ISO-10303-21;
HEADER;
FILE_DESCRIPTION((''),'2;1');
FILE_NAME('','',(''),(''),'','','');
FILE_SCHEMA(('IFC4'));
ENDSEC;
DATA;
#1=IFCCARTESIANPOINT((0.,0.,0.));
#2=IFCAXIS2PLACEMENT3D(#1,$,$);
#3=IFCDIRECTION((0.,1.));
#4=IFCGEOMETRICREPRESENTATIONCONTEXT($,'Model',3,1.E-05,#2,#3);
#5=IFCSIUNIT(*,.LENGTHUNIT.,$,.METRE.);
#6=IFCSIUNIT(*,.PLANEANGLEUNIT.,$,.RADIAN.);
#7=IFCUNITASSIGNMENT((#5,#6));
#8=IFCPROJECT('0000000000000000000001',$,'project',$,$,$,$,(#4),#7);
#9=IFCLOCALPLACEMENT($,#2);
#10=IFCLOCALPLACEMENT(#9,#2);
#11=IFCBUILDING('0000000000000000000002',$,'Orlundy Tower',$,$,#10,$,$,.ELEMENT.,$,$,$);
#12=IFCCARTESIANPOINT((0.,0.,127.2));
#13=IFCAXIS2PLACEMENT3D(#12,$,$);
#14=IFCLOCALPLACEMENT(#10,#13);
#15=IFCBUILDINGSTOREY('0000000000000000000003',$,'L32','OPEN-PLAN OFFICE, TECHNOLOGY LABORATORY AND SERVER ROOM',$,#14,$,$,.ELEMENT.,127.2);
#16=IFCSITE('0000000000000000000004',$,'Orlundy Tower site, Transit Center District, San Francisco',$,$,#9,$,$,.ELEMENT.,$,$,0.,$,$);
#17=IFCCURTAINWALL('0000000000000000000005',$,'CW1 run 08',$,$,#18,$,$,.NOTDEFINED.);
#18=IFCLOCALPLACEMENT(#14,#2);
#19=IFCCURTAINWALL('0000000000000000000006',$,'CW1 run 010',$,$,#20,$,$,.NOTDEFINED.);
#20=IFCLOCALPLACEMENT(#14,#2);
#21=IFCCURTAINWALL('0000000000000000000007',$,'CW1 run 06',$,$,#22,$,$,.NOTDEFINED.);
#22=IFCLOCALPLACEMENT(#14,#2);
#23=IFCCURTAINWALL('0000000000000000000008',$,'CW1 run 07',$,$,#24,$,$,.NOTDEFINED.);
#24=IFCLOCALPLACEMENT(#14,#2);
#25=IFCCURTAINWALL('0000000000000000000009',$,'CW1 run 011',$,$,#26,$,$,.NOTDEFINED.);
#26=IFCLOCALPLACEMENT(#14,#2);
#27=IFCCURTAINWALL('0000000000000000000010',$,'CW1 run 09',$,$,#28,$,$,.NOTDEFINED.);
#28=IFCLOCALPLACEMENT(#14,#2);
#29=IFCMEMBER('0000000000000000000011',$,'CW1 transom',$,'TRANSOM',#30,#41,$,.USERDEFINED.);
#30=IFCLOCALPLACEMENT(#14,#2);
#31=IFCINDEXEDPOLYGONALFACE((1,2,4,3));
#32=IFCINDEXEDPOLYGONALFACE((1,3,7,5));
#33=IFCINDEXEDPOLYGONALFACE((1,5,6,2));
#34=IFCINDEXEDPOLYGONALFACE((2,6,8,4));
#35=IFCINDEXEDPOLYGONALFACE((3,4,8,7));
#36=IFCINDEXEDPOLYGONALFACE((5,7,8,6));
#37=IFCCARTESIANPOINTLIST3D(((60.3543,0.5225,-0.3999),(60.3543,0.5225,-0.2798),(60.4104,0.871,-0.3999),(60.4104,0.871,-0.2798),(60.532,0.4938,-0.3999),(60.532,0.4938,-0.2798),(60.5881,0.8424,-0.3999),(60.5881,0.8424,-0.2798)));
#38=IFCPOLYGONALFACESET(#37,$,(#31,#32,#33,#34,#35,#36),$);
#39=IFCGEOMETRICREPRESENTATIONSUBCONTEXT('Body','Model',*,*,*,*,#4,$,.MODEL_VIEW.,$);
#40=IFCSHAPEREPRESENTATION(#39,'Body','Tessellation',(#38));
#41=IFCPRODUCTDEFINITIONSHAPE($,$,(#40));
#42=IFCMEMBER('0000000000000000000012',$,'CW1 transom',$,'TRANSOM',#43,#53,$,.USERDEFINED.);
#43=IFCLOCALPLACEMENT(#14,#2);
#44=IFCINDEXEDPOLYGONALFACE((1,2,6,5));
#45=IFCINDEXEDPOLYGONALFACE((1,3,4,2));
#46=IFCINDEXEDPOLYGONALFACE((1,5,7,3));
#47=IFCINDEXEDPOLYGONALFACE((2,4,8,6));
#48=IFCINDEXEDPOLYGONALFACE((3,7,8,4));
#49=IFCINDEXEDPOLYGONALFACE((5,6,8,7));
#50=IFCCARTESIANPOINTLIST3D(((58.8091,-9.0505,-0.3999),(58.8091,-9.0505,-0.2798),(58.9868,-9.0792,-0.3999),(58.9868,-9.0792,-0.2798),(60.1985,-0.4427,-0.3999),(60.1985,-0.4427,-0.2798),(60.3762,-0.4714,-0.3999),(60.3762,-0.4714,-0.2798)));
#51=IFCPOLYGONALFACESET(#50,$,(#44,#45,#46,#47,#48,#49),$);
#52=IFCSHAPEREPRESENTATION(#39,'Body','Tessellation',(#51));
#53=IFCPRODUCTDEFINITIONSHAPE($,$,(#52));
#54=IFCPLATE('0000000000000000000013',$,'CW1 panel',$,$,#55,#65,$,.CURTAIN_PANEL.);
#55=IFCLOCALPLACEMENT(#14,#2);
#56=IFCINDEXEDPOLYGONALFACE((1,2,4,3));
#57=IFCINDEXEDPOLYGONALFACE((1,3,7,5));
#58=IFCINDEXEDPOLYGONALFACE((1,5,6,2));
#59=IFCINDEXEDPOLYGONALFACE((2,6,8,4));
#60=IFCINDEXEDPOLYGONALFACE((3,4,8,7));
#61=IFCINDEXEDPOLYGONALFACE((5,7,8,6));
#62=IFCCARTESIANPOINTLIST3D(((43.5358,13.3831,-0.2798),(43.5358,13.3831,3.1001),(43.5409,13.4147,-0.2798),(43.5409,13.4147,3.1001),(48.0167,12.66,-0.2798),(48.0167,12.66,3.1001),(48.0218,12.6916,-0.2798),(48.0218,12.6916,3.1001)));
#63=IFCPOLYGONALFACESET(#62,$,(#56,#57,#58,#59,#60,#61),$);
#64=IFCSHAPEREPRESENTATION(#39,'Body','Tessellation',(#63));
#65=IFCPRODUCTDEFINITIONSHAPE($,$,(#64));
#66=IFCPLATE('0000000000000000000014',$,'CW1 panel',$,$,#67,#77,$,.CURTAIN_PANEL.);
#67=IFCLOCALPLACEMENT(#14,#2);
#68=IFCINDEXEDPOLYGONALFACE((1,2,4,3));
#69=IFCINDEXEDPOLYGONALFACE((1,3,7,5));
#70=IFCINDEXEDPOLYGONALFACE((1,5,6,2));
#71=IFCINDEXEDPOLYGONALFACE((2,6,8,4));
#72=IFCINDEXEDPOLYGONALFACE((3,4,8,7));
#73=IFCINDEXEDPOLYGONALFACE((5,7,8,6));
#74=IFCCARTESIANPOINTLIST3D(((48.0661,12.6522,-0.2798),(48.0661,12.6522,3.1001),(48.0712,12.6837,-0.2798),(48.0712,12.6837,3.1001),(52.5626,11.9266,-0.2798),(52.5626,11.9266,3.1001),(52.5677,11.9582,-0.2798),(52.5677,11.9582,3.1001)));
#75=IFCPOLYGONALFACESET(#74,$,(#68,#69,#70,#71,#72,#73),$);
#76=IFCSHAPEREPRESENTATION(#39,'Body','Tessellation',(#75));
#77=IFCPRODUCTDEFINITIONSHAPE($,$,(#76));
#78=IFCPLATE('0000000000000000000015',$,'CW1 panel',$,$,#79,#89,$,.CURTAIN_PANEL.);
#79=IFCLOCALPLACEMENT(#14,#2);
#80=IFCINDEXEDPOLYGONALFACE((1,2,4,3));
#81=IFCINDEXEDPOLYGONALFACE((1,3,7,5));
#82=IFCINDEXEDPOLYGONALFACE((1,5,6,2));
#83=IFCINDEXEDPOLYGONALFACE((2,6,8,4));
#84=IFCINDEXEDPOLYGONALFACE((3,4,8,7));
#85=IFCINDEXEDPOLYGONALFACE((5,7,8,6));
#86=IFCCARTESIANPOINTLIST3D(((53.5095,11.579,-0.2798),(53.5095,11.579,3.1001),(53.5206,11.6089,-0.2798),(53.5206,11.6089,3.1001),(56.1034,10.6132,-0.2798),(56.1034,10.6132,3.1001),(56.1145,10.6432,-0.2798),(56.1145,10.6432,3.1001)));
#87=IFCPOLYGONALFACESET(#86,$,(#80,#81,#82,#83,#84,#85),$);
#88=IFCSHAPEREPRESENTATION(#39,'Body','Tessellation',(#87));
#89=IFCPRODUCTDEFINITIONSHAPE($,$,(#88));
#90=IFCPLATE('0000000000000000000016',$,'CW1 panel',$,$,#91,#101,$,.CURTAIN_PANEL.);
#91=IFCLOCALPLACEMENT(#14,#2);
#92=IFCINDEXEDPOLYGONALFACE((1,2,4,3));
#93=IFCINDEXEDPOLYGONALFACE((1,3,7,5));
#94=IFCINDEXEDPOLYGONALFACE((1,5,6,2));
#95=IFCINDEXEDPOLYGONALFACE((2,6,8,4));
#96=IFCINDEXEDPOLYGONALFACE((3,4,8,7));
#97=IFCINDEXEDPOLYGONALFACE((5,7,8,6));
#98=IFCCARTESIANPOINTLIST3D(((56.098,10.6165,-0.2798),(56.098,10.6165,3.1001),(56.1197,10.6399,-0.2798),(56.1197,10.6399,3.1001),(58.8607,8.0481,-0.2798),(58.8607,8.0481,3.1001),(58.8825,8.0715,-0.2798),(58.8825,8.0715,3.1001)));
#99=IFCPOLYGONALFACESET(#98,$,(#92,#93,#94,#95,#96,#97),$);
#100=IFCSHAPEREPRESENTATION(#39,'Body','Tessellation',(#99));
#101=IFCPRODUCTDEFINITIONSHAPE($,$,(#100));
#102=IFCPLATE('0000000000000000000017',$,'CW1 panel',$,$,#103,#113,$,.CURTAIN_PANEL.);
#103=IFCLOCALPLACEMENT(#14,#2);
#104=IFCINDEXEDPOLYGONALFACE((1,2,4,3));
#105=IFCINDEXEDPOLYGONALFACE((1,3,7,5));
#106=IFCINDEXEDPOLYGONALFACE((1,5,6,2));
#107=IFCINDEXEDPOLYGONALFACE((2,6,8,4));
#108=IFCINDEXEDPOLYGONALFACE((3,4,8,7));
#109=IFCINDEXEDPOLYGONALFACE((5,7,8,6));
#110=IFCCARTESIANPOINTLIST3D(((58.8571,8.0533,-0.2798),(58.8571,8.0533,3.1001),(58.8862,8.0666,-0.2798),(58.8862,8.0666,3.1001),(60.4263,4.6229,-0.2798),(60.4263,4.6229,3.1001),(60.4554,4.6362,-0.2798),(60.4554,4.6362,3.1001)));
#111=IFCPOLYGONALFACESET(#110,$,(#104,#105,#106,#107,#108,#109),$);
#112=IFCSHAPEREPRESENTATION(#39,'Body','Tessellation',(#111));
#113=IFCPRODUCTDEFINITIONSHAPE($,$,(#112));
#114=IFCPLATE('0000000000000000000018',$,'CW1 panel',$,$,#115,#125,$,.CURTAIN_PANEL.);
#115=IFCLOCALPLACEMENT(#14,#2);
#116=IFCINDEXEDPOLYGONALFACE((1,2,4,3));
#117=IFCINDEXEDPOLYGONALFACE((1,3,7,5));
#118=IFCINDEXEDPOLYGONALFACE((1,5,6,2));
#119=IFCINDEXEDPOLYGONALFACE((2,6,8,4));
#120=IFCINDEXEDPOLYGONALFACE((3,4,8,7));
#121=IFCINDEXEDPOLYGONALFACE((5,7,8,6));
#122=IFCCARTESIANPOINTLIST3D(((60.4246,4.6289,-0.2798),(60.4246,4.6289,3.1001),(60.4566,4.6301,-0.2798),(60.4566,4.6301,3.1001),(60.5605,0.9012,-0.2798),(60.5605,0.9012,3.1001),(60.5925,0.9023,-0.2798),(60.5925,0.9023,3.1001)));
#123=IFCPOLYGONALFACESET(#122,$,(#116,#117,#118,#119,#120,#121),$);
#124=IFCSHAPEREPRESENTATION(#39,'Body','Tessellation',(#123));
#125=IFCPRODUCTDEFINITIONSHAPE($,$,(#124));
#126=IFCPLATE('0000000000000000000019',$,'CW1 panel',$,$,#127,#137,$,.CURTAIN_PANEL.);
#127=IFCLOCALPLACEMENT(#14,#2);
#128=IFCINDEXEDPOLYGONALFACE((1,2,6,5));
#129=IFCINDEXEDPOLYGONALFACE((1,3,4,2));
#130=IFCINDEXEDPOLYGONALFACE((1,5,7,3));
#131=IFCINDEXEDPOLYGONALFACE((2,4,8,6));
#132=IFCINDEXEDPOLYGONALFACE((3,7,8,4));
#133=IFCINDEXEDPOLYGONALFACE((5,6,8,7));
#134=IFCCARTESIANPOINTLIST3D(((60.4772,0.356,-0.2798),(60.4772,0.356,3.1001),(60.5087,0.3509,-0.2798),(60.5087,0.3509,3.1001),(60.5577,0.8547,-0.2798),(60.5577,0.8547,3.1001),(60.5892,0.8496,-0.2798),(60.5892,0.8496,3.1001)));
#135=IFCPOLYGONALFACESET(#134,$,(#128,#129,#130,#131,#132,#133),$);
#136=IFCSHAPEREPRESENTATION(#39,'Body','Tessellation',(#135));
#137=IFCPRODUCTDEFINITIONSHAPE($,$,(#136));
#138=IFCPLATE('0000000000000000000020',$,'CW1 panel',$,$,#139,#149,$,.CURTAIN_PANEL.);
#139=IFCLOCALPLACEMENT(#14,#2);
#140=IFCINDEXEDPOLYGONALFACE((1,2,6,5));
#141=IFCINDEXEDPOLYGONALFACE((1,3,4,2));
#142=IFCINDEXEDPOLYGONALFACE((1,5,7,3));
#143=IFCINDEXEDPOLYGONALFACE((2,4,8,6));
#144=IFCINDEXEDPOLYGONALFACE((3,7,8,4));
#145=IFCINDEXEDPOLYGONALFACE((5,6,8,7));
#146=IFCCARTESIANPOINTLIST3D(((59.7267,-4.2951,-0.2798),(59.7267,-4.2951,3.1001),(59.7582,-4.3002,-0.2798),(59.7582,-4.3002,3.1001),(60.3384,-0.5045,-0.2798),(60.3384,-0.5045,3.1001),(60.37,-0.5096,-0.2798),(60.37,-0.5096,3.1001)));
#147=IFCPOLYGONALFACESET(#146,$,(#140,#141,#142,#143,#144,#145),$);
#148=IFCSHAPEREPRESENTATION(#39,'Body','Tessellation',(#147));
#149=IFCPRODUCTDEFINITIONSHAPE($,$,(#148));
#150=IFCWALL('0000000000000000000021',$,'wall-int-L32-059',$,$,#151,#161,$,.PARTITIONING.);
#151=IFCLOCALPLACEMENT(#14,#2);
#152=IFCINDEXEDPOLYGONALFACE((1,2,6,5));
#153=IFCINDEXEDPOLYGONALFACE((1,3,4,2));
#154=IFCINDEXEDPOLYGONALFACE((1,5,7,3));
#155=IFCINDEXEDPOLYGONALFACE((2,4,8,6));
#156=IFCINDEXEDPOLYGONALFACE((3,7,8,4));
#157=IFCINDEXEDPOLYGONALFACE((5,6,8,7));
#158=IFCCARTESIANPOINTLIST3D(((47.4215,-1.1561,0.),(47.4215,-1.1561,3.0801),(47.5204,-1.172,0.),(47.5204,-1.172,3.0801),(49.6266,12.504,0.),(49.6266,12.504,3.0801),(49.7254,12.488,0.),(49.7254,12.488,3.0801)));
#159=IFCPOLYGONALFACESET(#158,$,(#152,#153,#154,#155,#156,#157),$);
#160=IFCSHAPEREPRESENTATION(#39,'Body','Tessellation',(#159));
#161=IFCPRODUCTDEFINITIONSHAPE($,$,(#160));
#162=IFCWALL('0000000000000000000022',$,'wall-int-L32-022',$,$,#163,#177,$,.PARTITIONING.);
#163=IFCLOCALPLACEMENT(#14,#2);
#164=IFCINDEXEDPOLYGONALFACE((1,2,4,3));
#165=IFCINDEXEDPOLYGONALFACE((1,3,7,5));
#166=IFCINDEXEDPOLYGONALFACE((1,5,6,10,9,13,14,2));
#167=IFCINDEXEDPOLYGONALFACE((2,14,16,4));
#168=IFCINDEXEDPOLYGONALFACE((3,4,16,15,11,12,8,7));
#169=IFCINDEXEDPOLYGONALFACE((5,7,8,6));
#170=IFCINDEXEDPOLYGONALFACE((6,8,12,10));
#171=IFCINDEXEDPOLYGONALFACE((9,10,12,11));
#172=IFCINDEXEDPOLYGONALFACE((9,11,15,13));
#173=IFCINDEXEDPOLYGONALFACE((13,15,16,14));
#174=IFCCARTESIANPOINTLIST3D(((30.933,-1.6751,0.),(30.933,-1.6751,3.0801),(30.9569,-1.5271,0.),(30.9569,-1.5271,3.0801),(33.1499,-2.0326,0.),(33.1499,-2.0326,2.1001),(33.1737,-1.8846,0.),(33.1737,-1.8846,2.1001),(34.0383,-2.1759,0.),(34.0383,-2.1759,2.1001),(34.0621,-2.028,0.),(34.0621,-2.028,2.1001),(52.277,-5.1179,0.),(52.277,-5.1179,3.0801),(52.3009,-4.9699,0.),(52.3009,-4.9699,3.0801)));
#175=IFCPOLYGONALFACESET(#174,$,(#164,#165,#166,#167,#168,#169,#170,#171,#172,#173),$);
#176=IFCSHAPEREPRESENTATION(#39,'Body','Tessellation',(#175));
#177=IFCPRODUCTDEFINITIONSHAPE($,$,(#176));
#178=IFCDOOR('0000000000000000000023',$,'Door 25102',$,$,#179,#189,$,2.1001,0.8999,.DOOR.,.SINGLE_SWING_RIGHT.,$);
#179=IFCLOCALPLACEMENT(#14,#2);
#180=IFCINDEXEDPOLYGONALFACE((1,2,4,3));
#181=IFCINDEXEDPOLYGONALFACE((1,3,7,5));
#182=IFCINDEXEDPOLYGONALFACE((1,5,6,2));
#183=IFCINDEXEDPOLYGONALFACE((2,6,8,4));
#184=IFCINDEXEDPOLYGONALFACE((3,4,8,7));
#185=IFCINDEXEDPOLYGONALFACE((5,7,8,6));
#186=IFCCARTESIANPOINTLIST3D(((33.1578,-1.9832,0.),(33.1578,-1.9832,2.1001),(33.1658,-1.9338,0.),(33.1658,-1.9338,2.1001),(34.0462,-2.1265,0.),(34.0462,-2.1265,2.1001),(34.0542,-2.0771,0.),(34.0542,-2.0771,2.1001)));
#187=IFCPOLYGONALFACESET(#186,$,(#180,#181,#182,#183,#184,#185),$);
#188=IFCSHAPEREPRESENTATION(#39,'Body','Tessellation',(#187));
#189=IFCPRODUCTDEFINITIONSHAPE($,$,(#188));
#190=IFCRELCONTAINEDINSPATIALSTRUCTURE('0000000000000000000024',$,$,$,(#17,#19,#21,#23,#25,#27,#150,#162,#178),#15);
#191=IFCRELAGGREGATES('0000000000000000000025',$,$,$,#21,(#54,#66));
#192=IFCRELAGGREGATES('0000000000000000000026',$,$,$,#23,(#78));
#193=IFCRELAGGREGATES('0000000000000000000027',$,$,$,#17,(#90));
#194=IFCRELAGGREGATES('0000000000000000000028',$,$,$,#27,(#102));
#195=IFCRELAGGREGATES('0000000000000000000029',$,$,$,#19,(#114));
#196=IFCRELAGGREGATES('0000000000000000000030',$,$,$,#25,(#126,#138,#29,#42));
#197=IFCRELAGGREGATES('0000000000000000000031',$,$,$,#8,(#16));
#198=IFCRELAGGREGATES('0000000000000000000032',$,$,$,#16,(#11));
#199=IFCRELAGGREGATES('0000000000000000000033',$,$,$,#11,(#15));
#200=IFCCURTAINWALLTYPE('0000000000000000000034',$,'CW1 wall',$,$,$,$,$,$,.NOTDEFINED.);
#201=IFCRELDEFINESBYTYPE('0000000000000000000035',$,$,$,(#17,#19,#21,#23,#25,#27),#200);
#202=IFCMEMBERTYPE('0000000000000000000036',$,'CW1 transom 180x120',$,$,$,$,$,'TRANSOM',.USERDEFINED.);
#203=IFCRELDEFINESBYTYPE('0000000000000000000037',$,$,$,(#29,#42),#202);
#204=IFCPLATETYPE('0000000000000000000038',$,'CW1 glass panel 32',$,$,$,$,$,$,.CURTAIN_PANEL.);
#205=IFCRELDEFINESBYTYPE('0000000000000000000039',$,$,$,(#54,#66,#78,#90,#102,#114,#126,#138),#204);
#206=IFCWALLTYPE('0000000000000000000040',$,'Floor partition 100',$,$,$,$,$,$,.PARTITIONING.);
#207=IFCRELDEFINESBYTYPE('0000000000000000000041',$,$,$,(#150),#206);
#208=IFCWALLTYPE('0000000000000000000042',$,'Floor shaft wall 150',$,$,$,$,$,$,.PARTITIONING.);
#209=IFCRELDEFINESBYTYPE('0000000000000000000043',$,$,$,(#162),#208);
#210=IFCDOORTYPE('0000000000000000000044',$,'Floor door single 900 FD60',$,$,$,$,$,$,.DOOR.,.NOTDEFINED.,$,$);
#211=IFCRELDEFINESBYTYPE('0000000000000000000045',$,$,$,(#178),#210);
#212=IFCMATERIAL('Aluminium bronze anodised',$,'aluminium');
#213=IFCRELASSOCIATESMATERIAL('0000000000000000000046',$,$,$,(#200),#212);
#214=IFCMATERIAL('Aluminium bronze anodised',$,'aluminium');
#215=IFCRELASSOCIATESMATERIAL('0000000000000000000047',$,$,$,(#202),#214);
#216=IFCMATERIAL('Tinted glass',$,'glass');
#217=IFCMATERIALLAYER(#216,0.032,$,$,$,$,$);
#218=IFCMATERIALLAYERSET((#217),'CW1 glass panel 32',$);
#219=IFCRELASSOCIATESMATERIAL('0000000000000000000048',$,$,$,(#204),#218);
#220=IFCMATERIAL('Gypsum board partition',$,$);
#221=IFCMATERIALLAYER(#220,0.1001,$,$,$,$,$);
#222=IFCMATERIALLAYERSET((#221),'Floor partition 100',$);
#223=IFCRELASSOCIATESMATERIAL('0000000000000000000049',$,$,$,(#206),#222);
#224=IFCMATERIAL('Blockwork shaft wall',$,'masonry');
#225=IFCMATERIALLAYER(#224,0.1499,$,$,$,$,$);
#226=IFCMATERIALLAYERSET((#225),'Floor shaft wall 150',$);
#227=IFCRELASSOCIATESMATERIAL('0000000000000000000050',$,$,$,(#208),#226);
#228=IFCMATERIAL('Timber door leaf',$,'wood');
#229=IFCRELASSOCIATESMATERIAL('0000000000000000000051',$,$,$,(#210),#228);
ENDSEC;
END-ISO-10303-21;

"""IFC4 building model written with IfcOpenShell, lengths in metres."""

from ifc_helpers import new_model, si_unit, direction, frame, frame_2d, origin, origin_2d, place, context, subcontext, project, spatial, rectangle, extrude, material, layer, layer_set, material_profile, profile_set, type_object, element, fill, aggregate, save


model = new_model("IFC4")

# Units and contexts
model_context = context("Model", 3, precision=1e-05, world=origin(), true_north=direction((0.0, 1.0)))
body_context = subcontext(model_context, "Body", "Model", "MODEL_VIEW")
ifc_project = project(units=[si_unit("LENGTHUNIT", "METRE"), si_unit("PLANEANGLEUNIT", "RADIAN")], contexts=[model_context])

# Site, building, storey
site_placement = place(None, origin())
site = spatial("IfcSite", under=ifc_project, at=site_placement, Name="Orlundy Tower site, Transit Center District, San Francisco", CompositionType="ELEMENT", RefElevation=0.0)
building_placement = place(site_placement, origin())
building = spatial("IfcBuilding", under=site, at=building_placement, Name="Orlundy Tower", CompositionType="ELEMENT")
storey_placement = place(building_placement, frame((0.0, 0.0, 127.2)))
storey = spatial("IfcBuildingStorey", under=building, at=storey_placement, Name="L32", Description="OPEN-PLAN OFFICE, TECHNOLOGY LABORATORY AND SERVER ROOM", CompositionType="ELEMENT", Elevation=127.2)

# Curtain walls
ifc_material_1 = material(Name="Aluminium bronze anodised", Category="aluminium")
curtain_wall_type = type_object("IfcCurtainWallType", Name="CW1 wall", PredefinedType="NOTDEFINED", material=ifc_material_1)
curtain_wall_1_placement = place(storey_placement, origin())
curtain_wall_1 = element("IfcCurtainWall", 1, at=curtain_wall_1_placement, inside=storey, type_object=curtain_wall_type, Name="CW1 run 08", PredefinedType="NOTDEFINED")
curtain_wall_2_placement = place(storey_placement, origin())
curtain_wall_2 = element("IfcCurtainWall", 2, at=curtain_wall_2_placement, inside=storey, type_object=curtain_wall_type, Name="CW1 run 010", PredefinedType="NOTDEFINED")
curtain_wall_3_placement = place(storey_placement, origin())
curtain_wall_3 = element("IfcCurtainWall", 3, at=curtain_wall_3_placement, inside=storey, type_object=curtain_wall_type, Name="CW1 run 06", PredefinedType="NOTDEFINED")
curtain_wall_4_placement = place(storey_placement, origin())
curtain_wall_4 = element("IfcCurtainWall", 4, at=curtain_wall_4_placement, inside=storey, type_object=curtain_wall_type, Name="CW1 run 07", PredefinedType="NOTDEFINED")

# Curtain wall
curtain_wall_5_placement = place(storey_placement, origin())
curtain_wall_5 = element("IfcCurtainWall", 5, at=curtain_wall_5_placement, inside=storey, type_object=curtain_wall_type, Name="CW1 run 011", PredefinedType="NOTDEFINED")

# Shared definitions
ifc_material_2 = material(Name="Aluminium bronze anodised", Category="aluminium")
ifc_material_profile_1 = material_profile(ifc_material_2, rectangle(XDim=0.1799, YDim=0.1201, at=origin_2d()), Name="CW1 transom 180x120")
ifc_profile_set_1 = profile_set([ifc_material_profile_1], Name="Aluminium bronze anodised")
member_type_1 = type_object("IfcMemberType", Name="CW1 transom 180x120", ElementType="TRANSOM", PredefinedType="USERDEFINED", material=ifc_profile_set_1)

# Curtain wall
curtain_wall_6_placement = place(storey_placement, origin())
curtain_wall_6 = element("IfcCurtainWall", 6, at=curtain_wall_6_placement, inside=storey, type_object=curtain_wall_type, Name="CW1 run 09", PredefinedType="NOTDEFINED")

# Members
member_1_placement = place(storey_placement, frame((60.4993, 0.8567, -0.3398), z_axis=(-0.159015, -0.987276, 0.0), x_axis=(0.987276, -0.159015, 0.0)))
member_1 = element("IfcMember", 7, at=member_1_placement, type_object=member_type_1, Name="CW1 transom", ObjectType="TRANSOM", PredefinedType="USERDEFINED", context=body_context, shape_type="SweptSolid", body=[
    extrude(rectangle(XDim=0.1799, YDim=0.1201, at=origin_2d()), origin(), (0.0, 0.0, 1.0), 0.353),
])
member_2_placement = place(storey_placement, frame((60.2874, -0.457, -0.3398), z_axis=(-0.159348, -0.987223, 0.0), x_axis=(0.987223, -0.159348, 0.0)))
member_2 = element("IfcMember", 8, at=member_2_placement, type_object=member_type_1, Name="CW1 transom", ObjectType="TRANSOM", PredefinedType="USERDEFINED", context=body_context, shape_type="SweptSolid", body=[
    extrude(rectangle(XDim=0.1799, YDim=0.1201, at=origin_2d()), origin(), (0.0, 0.0, 1.0), 8.7192),
])

# Plates
ifc_material_3 = material(Name="Tinted glass", Category="glass")
ifc_layer_1 = layer(ifc_material_3, 0.032)
ifc_layer_set_1 = layer_set([ifc_layer_1], Name="CW1 glass panel 32")
plate_type = type_object("IfcPlateType", Name="CW1 glass panel 32", PredefinedType="CURTAIN_PANEL", material=ifc_layer_set_1)
plate_1_placement = place(storey_placement, frame((45.7788, 13.0374, -0.2798), z_axis=(0.0, 0.0, 1.0), x_axis=(0.98723, -0.159302, 0.0)))
plate_1 = element("IfcPlate", 9, at=plate_1_placement, type_object=plate_type, Name="CW1 panel", PredefinedType="CURTAIN_PANEL", context=body_context, shape_type="SweptSolid", body=[
    extrude(rectangle(XDim=4.5388, YDim=0.032, at=origin_2d()), origin(), (0.0, 0.0, 1.0), 3.3799),
])
plate_2_placement = place(storey_placement, frame((50.3169, 12.3052, -0.2798), z_axis=(0.0, 0.0, 1.0), x_axis=(0.98723, -0.159302, 0.0)))
plate_2 = element("IfcPlate", 10, at=plate_2_placement, type_object=plate_type, Name="CW1 panel", PredefinedType="CURTAIN_PANEL", context=body_context, shape_type="SweptSolid", body=[
    extrude(rectangle(XDim=4.5547, YDim=0.032, at=origin_2d()), origin(), (0.0, 0.0, 1.0), 3.3799),
])
aggregate(curtain_wall_3, [plate_1, plate_2])
plate_3_placement = place(storey_placement, frame((54.812, 11.1111, -0.2798), z_axis=(0.0, 0.0, 1.0), x_axis=(0.937158, -0.348905, 0.0)))
plate_3 = element("IfcPlate", 11, at=plate_3_placement, type_object=plate_type, Name="CW1 panel", PredefinedType="CURTAIN_PANEL", context=body_context, shape_type="SweptSolid", body=[
    extrude(rectangle(XDim=2.7678, YDim=0.032, at=origin_2d()), origin(), (0.0, 0.0, 1.0), 3.3799),
])
aggregate(curtain_wall_4, [plate_3])
plate_4_placement = place(storey_placement, frame((57.4902, 9.344, -0.2798), z_axis=(0.0, 0.0, 1.0), x_axis=(0.732399, -0.680875, 0.0)))
plate_4 = element("IfcPlate", 12, at=plate_4_placement, type_object=plate_type, Name="CW1 panel", PredefinedType="CURTAIN_PANEL", context=body_context, shape_type="SweptSolid", body=[
    extrude(rectangle(XDim=3.7722, YDim=0.032, at=origin_2d()), origin(), (0.0, 0.0, 1.0), 3.3799),
])
aggregate(curtain_wall_1, [plate_4])
plate_5_placement = place(storey_placement, frame((59.6562, 6.3447, -0.2798), z_axis=(0.0, 0.0, 1.0), x_axis=(0.415977, -0.909375, 0.0)))
plate_5 = element("IfcPlate", 13, at=plate_5_placement, type_object=plate_type, Name="CW1 panel", PredefinedType="CURTAIN_PANEL", context=body_context, shape_type="SweptSolid", body=[
    extrude(rectangle(XDim=3.7722, YDim=0.032, at=origin_2d()), origin(), (0.0, 0.0, 1.0), 3.3799),
])
aggregate(curtain_wall_6, [plate_5])
plate_6_placement = place(storey_placement, frame((60.5085, 2.7656, -0.2798), z_axis=(0.0, 0.0, 1.0), x_axis=(0.036423, -0.999336, 0.0)))
plate_6 = element("IfcPlate", 14, at=plate_6_placement, type_object=plate_type, Name="CW1 panel", PredefinedType="CURTAIN_PANEL", context=body_context, shape_type="SweptSolid", body=[
    extrude(rectangle(XDim=3.7302, YDim=0.032, at=origin_2d()), origin(), (0.0, 0.0, 1.0), 3.3799),
])
aggregate(curtain_wall_2, [plate_6])
plate_7_placement = place(storey_placement, frame((60.5332, 0.6028, -0.2798), z_axis=(0.0, 0.0, 1.0), x_axis=(-0.159331, -0.987225, 0.0)))
plate_7 = element("IfcPlate", 15, at=plate_7_placement, type_object=plate_type, Name="CW1 panel", PredefinedType="CURTAIN_PANEL", context=body_context, shape_type="SweptSolid", body=[
    extrude(rectangle(XDim=0.5051, YDim=0.032, at=origin_2d()), origin(), (0.0, 0.0, 1.0), 3.3799),
])
plate_8_placement = place(storey_placement, frame((60.0483, -2.4023, -0.2798), z_axis=(0.0, 0.0, 1.0), x_axis=(-0.159331, -0.987225, 0.0)))
plate_8 = element("IfcPlate", 16, at=plate_8_placement, type_object=plate_type, Name="CW1 panel", PredefinedType="CURTAIN_PANEL", context=body_context, shape_type="SweptSolid", body=[
    extrude(rectangle(XDim=3.8396, YDim=0.032, at=origin_2d()), origin(), (0.0, 0.0, 1.0), 3.3799),
])
aggregate(curtain_wall_5, [plate_7, plate_8, member_1, member_2])

# Wall
ifc_material_4 = material(Name="Gypsum board partition")
ifc_layer_2 = layer(ifc_material_4, 0.1001)
ifc_layer_set_2 = layer_set([ifc_layer_2], Name="Floor partition 100")
wall_type_1 = type_object("IfcWallType", Name="Floor partition 100", PredefinedType="PARTITIONING", material=ifc_layer_set_2)
wall_1_placement = place(storey_placement, frame((47.4709, -1.1641, 0.0), z_axis=(0.0, 0.0, 1.0), x_axis=(0.159361, 0.98722, 0.0)))
element("IfcWall", 17, at=wall_1_placement, inside=storey, type_object=wall_type_1, Name="wall-int-L32-059", PredefinedType="PARTITIONING", context=body_context, shape_type="SweptSolid", body=[
    extrude(rectangle(XDim=13.8369, YDim=0.1001, at=frame_2d((6.9185, 0.0))), origin(), (0.0, 0.0, 1.0), 3.0801),
])

# Wall, opening, door
ifc_material_5 = material(Name="Blockwork shaft wall", Category="masonry")
ifc_layer_3 = layer(ifc_material_5, 0.1499)
ifc_layer_set_3 = layer_set([ifc_layer_3], Name="Floor shaft wall 150")
wall_type_2 = type_object("IfcWallType", Name="Floor shaft wall 150", PredefinedType="PARTITIONING", material=ifc_layer_set_3)
wall_2_placement = place(storey_placement, frame((52.2891, -5.0439, 0.0), z_axis=(0.0, 0.0, 1.0), x_axis=(-0.987239, 0.159246, 0.0)))
wall_2 = element("IfcWall", 18, at=wall_2_placement, inside=storey, type_object=wall_type_2, Name="wall-int-L32-022", PredefinedType="PARTITIONING", context=body_context, shape_type="SweptSolid", body=[
    extrude(rectangle(XDim=21.6199, YDim=0.1499, at=frame_2d((10.8101, 0.0))), origin(), (0.0, 0.0, 1.0), 3.0801),
])
opening_placement = place(wall_2_placement, frame((18.4746, 0.0, 0.0)))
opening = element("IfcOpeningElement", 19, at=opening_placement, cuts=wall_2, PredefinedType="OPENING", context=body_context, shape_type="SweptSolid", body=[
    extrude(rectangle(XDim=0.8999, YDim=2.1001, at=frame_2d((0.45, 1.05))), frame((0.0, 0.085, 0.0), z_axis=(0.0, -1.0, 0.0), x_axis=(1.0, 0.0, 0.0)), (0.0, 0.0, 1.0), 0.1699),
])
ifc_material_6 = material(Name="Timber door leaf", Category="wood")
door_type = type_object("IfcDoorType", Name="Floor door single 900 FD60", OperationType="NOTDEFINED", PredefinedType="DOOR", material=ifc_material_6)
door_placement = place(opening_placement, origin())
door = element("IfcDoor", 20, at=door_placement, inside=storey, type_object=door_type, Name="Door 25102", OperationType="SINGLE_SWING_RIGHT", OverallHeight=2.1001, OverallWidth=0.8999, PredefinedType="DOOR", context=body_context, shape_type="SweptSolid", body=[
    extrude(rectangle(XDim=0.8999, YDim=2.1001, at=frame_2d((0.45, 1.05))), frame((0.0, 0.0249, 0.0), z_axis=(0.0, -1.0, 0.0), x_axis=(1.0, 0.0, 0.0)), (0.0, 0.0, 1.0), 0.05),
])
fill(opening, door)

save(model, "model.ifc")
